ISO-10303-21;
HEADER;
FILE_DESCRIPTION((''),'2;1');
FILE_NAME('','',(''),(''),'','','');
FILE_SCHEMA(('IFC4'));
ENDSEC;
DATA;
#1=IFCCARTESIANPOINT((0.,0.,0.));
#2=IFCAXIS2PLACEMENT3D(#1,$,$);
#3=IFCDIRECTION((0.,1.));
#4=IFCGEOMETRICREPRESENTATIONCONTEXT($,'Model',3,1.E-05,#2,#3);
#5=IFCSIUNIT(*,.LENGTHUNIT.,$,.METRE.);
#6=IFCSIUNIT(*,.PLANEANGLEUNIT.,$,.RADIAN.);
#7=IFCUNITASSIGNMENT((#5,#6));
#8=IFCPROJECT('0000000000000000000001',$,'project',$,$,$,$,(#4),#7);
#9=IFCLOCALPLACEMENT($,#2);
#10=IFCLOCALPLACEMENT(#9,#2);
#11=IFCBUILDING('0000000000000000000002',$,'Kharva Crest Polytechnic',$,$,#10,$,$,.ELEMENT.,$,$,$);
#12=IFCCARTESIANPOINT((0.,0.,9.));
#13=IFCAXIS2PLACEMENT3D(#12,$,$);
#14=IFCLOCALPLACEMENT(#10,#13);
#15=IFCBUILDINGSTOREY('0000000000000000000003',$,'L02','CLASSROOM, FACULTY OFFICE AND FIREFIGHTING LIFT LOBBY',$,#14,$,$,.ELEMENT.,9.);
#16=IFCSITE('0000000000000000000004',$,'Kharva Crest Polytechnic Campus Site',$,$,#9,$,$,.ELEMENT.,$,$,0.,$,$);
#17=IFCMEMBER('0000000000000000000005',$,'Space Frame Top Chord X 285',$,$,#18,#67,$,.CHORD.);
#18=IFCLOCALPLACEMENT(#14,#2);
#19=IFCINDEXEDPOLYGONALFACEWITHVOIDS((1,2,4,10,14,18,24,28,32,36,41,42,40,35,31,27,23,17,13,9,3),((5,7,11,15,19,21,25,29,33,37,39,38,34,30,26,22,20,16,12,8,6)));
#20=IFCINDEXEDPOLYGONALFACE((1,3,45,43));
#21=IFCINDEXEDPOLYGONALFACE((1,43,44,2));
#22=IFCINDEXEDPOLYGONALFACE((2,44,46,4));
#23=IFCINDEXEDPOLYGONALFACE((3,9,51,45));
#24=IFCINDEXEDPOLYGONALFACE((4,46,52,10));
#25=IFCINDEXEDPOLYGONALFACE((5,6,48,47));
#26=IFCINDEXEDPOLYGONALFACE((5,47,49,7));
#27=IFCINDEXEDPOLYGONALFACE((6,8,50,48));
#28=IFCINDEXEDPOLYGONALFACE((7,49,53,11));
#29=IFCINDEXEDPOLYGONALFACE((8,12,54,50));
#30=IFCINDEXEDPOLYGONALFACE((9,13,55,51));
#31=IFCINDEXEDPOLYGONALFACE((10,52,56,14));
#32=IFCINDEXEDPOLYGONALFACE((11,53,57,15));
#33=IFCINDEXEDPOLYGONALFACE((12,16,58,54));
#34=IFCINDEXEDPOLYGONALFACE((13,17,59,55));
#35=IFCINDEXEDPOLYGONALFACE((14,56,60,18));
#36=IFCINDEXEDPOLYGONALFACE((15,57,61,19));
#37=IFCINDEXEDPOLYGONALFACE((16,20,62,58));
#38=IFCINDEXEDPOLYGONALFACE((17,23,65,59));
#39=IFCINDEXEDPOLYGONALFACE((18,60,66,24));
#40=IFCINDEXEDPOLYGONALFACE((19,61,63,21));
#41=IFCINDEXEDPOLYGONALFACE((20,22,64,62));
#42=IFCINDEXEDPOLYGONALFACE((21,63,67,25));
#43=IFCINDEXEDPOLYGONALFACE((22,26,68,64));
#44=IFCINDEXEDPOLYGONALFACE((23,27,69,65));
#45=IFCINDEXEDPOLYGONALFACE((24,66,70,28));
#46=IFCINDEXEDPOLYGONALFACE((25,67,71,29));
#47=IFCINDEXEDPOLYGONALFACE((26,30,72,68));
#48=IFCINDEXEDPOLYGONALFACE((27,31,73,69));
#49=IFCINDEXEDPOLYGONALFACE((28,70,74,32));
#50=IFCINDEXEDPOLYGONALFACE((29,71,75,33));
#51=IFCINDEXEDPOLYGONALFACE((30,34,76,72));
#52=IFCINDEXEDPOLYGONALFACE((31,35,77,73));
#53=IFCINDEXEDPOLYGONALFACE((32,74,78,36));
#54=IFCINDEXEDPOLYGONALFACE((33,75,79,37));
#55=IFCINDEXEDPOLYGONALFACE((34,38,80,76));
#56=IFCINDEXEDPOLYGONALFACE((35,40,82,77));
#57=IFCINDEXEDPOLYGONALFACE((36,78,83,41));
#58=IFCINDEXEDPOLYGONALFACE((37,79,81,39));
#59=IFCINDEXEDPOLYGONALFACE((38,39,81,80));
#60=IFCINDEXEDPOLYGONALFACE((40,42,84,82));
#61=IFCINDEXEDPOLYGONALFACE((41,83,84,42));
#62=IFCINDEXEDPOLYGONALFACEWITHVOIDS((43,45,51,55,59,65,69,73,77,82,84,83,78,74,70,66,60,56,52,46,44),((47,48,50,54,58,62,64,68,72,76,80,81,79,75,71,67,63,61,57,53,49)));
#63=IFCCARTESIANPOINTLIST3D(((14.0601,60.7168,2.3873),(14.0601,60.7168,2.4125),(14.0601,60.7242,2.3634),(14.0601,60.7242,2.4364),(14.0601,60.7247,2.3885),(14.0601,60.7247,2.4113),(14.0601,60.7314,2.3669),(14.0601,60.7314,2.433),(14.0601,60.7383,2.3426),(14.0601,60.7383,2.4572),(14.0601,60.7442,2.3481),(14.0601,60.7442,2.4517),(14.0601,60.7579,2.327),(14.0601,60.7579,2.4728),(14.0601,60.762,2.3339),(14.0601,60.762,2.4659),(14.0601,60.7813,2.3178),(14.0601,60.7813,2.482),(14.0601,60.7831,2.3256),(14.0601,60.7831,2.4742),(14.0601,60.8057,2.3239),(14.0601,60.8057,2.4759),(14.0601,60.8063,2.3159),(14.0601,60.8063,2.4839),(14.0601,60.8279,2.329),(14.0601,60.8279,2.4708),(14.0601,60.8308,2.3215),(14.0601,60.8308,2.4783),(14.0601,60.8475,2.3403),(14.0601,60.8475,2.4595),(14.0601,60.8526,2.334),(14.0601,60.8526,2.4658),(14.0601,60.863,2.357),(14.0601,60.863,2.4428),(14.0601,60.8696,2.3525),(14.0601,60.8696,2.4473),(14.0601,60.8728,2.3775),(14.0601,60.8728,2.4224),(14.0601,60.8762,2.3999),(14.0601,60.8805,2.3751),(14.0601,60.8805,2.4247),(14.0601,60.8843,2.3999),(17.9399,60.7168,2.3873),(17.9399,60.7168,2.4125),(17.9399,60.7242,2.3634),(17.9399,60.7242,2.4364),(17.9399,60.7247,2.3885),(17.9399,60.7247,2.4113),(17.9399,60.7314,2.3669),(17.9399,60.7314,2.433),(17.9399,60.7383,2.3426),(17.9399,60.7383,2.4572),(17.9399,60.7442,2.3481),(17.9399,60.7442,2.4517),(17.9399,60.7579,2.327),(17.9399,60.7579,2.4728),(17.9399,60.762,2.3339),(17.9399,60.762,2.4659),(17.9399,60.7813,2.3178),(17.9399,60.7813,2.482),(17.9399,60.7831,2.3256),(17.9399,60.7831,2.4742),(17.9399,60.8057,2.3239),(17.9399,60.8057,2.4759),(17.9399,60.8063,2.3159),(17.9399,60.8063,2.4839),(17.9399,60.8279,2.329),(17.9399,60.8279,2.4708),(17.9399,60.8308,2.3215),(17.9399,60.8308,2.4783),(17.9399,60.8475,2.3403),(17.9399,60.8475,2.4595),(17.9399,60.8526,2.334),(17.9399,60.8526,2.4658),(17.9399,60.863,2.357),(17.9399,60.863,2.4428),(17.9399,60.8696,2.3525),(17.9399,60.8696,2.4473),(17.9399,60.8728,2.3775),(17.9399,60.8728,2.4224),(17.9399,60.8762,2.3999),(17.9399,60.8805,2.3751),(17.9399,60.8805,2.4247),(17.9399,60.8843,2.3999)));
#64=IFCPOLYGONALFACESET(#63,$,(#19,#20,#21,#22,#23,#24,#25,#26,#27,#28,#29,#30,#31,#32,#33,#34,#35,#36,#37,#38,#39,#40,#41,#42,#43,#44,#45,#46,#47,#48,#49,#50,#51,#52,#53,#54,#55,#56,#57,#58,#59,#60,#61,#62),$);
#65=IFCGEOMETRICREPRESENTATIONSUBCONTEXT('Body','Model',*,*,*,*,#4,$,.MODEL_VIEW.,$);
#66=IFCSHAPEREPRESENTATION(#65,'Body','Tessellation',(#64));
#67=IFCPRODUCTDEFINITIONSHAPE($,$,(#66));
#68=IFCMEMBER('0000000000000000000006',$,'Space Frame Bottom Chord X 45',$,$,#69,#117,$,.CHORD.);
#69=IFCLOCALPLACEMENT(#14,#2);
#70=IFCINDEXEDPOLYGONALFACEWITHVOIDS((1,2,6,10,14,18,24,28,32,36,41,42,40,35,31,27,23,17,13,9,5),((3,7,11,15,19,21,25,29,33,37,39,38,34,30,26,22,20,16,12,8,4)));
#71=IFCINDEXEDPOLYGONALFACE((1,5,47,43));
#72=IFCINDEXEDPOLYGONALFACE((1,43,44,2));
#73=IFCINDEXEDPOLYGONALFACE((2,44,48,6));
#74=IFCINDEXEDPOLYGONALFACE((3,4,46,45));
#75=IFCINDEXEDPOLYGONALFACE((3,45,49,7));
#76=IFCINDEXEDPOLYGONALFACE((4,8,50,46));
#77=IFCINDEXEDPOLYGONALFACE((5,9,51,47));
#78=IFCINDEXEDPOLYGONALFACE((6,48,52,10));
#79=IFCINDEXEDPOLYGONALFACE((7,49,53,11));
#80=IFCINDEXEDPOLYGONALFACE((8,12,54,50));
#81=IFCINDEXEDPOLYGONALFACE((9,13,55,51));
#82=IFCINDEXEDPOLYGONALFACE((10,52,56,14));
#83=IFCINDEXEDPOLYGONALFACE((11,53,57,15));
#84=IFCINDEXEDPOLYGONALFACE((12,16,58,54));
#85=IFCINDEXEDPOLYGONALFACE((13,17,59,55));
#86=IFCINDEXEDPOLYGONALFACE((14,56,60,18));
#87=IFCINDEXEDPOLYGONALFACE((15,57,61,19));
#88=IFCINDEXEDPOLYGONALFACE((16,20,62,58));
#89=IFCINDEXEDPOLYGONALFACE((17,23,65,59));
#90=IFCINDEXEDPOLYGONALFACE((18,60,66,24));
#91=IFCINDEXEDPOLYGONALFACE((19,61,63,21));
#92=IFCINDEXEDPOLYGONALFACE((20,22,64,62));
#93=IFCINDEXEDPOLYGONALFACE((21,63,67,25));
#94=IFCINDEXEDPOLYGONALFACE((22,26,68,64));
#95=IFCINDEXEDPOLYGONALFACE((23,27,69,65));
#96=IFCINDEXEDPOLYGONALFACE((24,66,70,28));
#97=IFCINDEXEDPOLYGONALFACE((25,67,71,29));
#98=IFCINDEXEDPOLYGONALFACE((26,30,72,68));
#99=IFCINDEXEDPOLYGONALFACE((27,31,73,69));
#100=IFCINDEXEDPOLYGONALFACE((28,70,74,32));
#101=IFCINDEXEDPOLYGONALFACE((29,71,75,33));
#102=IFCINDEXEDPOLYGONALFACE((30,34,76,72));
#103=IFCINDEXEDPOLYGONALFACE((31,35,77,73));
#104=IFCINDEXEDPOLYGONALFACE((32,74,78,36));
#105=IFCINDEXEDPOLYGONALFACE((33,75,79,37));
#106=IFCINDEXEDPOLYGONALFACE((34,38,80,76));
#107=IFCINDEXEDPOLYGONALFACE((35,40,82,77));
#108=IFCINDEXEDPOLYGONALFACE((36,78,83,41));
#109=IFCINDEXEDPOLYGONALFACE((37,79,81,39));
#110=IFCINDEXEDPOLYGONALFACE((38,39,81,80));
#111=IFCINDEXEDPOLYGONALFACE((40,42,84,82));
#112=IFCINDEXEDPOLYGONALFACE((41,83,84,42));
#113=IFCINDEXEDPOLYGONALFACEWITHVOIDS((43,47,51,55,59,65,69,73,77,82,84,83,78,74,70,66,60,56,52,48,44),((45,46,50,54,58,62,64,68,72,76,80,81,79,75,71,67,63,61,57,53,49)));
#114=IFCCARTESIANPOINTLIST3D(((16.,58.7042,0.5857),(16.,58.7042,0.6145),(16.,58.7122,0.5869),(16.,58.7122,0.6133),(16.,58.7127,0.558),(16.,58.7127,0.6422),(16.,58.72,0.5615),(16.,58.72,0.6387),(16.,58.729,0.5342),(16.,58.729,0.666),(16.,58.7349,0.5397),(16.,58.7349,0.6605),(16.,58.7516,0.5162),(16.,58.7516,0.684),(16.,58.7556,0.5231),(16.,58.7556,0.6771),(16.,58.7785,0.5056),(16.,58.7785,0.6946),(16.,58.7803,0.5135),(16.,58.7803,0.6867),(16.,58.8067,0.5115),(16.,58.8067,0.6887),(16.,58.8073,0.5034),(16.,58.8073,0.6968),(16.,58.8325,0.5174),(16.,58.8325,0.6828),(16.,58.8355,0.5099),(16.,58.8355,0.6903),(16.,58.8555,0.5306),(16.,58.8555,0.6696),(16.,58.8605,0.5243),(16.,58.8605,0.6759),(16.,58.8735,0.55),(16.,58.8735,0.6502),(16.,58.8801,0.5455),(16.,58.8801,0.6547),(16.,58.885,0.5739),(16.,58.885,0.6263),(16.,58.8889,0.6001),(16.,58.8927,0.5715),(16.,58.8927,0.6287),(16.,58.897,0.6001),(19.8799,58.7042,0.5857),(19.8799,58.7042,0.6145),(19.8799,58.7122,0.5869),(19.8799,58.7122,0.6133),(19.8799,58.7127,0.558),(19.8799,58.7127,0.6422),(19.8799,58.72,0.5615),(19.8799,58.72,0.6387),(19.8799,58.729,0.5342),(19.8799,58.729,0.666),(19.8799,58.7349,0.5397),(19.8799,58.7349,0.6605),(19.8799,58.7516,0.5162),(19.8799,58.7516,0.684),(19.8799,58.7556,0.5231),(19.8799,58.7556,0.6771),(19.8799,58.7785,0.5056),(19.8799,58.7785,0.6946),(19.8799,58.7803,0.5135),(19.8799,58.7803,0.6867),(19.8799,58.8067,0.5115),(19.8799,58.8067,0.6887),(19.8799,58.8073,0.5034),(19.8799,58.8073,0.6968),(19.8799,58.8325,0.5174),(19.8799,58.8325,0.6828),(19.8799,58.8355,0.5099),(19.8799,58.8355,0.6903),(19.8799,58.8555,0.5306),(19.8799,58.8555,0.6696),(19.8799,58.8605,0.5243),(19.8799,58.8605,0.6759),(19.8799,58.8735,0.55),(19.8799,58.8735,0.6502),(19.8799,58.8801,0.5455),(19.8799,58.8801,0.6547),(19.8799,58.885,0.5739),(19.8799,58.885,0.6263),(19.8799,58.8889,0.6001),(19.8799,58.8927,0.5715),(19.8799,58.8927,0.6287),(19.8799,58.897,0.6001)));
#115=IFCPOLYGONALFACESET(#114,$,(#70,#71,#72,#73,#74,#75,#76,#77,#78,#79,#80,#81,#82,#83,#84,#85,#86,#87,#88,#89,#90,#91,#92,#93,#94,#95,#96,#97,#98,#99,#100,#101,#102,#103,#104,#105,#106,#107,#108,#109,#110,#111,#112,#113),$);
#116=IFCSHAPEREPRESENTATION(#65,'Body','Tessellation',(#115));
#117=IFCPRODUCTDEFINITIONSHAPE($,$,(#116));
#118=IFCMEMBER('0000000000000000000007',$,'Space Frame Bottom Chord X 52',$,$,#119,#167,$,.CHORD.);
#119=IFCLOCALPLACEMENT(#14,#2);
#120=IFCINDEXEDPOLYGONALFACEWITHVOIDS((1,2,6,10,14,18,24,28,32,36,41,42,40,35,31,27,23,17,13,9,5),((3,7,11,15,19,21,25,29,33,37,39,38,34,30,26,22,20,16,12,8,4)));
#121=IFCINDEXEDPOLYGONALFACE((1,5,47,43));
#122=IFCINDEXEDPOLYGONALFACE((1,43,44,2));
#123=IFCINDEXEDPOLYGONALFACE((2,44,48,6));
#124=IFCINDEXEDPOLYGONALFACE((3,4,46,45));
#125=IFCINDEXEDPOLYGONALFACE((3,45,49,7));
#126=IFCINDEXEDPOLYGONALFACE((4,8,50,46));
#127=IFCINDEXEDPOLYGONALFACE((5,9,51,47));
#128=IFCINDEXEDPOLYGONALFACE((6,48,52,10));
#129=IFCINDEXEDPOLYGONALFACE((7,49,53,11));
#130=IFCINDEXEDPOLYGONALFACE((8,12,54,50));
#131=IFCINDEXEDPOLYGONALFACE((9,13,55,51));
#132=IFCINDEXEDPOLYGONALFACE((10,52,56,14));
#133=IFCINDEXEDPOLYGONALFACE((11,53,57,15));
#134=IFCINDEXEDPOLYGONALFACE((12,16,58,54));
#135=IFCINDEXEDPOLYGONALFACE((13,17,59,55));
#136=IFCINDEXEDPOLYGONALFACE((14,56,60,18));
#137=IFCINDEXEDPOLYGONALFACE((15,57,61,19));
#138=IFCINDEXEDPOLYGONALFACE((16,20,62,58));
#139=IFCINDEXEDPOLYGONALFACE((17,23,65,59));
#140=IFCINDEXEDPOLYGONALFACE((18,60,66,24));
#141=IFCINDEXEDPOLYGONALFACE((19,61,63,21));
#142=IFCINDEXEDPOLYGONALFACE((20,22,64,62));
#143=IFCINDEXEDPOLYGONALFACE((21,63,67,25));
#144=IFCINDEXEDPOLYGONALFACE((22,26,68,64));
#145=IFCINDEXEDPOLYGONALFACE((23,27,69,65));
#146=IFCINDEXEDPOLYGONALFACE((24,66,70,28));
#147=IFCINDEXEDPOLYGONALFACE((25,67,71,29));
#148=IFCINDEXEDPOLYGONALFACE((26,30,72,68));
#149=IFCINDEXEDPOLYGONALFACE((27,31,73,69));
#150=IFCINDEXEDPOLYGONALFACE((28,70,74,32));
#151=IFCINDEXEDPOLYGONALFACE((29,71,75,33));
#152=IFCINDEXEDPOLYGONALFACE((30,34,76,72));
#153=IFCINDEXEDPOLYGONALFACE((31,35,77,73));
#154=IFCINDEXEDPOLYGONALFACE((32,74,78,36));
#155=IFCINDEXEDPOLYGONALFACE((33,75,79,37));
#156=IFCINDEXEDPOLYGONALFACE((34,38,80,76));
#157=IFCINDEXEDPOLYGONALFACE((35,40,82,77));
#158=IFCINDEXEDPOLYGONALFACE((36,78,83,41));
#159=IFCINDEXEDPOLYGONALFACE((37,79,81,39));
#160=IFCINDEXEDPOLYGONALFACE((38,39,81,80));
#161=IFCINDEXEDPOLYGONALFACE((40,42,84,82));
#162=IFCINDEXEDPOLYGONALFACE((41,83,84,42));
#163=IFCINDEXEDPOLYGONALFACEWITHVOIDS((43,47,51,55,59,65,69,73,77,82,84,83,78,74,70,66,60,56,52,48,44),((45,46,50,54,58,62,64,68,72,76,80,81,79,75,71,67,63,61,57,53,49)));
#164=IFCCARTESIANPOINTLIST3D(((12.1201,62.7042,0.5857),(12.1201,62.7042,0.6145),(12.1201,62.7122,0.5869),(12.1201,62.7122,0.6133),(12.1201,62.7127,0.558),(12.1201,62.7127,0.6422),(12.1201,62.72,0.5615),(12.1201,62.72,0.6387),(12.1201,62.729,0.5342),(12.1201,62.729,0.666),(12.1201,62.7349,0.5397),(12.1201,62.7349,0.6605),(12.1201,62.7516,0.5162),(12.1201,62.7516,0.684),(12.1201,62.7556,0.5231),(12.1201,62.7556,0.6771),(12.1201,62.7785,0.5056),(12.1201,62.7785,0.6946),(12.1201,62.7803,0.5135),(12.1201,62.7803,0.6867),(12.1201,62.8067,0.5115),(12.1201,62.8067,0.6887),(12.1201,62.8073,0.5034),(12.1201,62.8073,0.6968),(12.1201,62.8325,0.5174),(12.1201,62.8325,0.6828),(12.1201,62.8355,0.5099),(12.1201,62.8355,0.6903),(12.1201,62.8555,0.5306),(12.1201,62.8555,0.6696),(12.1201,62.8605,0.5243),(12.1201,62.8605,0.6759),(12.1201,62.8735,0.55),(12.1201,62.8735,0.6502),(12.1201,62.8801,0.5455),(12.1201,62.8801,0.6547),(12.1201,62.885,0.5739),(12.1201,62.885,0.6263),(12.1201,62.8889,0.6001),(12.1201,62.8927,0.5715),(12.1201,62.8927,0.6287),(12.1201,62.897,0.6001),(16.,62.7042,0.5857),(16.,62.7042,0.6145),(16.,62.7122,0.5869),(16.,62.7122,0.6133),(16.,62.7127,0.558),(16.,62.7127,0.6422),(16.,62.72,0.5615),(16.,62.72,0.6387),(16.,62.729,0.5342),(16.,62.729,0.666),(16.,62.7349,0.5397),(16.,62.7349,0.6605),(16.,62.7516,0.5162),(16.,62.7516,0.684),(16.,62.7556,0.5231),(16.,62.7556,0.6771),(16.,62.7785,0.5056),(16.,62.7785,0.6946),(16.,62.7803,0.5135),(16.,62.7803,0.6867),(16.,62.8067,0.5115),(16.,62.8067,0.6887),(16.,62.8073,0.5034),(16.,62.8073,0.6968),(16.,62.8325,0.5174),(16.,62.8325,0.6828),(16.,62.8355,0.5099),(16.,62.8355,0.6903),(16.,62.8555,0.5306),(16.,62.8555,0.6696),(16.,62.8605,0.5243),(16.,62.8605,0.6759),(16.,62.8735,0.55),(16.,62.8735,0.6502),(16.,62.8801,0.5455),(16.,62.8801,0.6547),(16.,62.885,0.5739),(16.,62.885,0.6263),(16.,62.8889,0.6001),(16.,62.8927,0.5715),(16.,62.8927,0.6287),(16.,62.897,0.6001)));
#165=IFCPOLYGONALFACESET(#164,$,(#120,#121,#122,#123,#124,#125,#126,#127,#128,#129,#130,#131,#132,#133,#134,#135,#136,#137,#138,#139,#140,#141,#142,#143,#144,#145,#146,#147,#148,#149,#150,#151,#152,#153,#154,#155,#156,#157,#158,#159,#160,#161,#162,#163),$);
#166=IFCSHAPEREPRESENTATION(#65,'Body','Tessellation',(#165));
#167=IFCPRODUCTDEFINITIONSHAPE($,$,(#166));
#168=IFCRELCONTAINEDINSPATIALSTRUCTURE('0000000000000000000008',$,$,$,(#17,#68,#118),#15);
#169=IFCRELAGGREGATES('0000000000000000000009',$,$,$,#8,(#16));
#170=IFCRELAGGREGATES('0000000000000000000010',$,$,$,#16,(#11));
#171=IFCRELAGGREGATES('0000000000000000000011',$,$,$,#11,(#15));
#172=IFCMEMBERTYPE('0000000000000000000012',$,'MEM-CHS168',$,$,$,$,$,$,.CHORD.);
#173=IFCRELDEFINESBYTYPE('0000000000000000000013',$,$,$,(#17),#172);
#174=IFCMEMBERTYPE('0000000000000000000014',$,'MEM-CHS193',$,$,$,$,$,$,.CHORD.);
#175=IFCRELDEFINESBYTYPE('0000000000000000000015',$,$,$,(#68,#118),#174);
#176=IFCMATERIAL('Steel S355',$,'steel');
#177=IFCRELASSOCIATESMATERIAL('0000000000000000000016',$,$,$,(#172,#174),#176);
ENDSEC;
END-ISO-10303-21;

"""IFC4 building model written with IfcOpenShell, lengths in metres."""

from ifc_helpers import new_model, si_unit, direction, frame, origin, origin_2d, place, context, subcontext, project, spatial, hollow_circle, extrude, material, material_profile, profile_set, type_object, element, save


model = new_model("IFC4")

# Units and contexts
model_context = context("Model", 3, precision=1e-05, world=origin(), true_north=direction((0.0, 1.0)))
body_context = subcontext(model_context, "Body", "Model", "MODEL_VIEW")
ifc_project = project(units=[si_unit("LENGTHUNIT", "METRE"), si_unit("PLANEANGLEUNIT", "RADIAN")], contexts=[model_context])

# Site, building, storey
site_placement = place(None, origin())
site = spatial("IfcSite", under=ifc_project, at=site_placement, Name="Kharva Crest Polytechnic Campus Site", CompositionType="ELEMENT", RefElevation=0.0)
building_placement = place(site_placement, origin())
building = spatial("IfcBuilding", under=site, at=building_placement, Name="Kharva Crest Polytechnic", CompositionType="ELEMENT")
storey_placement = place(building_placement, frame((0.0, 0.0, 9.0)))
storey = spatial("IfcBuildingStorey", under=building, at=storey_placement, Name="L02", Description="CLASSROOM, FACULTY OFFICE AND FIREFIGHTING LIFT LOBBY", CompositionType="ELEMENT", Elevation=9.0)

# Shared definitions
ifc_material_1 = material(Name="Steel S355", Category="steel")

# Members
ifc_material_profile_1 = material_profile(ifc_material_1, hollow_circle(Radius=0.0842, WallThickness=0.0081, at=origin_2d()), Name="CHS 168.3X8.0")
ifc_profile_set_1 = profile_set([ifc_material_profile_1], Name="Steel S355")
member_type_1 = type_object("IfcMemberType", Name="MEM-CHS168", PredefinedType="CHORD", material=ifc_profile_set_1)
for number, where, z_axis, x_axis, name in (
    (1, (14.0601, 60.8, 2.3999), (1.0, 0.0, 0.0), (0.0, 1.0, 0.0), "Space Frame Top Chord X 285"),
):
    element("IfcMember", number, at=place(storey_placement, frame(where, z_axis=z_axis, x_axis=x_axis)), inside=storey, type_object=member_type_1, Name=name, PredefinedType="CHORD", context=body_context, shape_type="SweptSolid", body=[
        extrude(hollow_circle(Radius=0.0842, WallThickness=0.0081, at=origin_2d()), origin(), (0.0, 0.0, 1.0), 3.8799),
    ])
ifc_material_profile_2 = material_profile(ifc_material_1, hollow_circle(Radius=0.0969, WallThickness=0.0081, at=origin_2d()), Name="CHS 193.7X8.0")
ifc_profile_set_2 = profile_set([ifc_material_profile_2], Name="Steel S355")
member_type_2 = type_object("IfcMemberType", Name="MEM-CHS193", PredefinedType="CHORD", material=ifc_profile_set_2)
for number, where, z_axis, x_axis, name in (
    (2, (16.0, 58.8, 0.6001), (1.0, 0.0, 0.0), (0.0, 1.0, 0.0), "Space Frame Bottom Chord X 45"),
    (3, (12.1201, 62.8, 0.6001), (1.0, 0.0, 0.0), (0.0, 1.0, 0.0), "Space Frame Bottom Chord X 52"),
):
    element("IfcMember", number, at=place(storey_placement, frame(where, z_axis=z_axis, x_axis=x_axis)), inside=storey, type_object=member_type_2, Name=name, PredefinedType="CHORD", context=body_context, shape_type="SweptSolid", body=[
        extrude(hollow_circle(Radius=0.0969, WallThickness=0.0081, at=origin_2d()), origin(), (0.0, 0.0, 1.0), 3.8799),
    ])

save(model, "model.ifc")
